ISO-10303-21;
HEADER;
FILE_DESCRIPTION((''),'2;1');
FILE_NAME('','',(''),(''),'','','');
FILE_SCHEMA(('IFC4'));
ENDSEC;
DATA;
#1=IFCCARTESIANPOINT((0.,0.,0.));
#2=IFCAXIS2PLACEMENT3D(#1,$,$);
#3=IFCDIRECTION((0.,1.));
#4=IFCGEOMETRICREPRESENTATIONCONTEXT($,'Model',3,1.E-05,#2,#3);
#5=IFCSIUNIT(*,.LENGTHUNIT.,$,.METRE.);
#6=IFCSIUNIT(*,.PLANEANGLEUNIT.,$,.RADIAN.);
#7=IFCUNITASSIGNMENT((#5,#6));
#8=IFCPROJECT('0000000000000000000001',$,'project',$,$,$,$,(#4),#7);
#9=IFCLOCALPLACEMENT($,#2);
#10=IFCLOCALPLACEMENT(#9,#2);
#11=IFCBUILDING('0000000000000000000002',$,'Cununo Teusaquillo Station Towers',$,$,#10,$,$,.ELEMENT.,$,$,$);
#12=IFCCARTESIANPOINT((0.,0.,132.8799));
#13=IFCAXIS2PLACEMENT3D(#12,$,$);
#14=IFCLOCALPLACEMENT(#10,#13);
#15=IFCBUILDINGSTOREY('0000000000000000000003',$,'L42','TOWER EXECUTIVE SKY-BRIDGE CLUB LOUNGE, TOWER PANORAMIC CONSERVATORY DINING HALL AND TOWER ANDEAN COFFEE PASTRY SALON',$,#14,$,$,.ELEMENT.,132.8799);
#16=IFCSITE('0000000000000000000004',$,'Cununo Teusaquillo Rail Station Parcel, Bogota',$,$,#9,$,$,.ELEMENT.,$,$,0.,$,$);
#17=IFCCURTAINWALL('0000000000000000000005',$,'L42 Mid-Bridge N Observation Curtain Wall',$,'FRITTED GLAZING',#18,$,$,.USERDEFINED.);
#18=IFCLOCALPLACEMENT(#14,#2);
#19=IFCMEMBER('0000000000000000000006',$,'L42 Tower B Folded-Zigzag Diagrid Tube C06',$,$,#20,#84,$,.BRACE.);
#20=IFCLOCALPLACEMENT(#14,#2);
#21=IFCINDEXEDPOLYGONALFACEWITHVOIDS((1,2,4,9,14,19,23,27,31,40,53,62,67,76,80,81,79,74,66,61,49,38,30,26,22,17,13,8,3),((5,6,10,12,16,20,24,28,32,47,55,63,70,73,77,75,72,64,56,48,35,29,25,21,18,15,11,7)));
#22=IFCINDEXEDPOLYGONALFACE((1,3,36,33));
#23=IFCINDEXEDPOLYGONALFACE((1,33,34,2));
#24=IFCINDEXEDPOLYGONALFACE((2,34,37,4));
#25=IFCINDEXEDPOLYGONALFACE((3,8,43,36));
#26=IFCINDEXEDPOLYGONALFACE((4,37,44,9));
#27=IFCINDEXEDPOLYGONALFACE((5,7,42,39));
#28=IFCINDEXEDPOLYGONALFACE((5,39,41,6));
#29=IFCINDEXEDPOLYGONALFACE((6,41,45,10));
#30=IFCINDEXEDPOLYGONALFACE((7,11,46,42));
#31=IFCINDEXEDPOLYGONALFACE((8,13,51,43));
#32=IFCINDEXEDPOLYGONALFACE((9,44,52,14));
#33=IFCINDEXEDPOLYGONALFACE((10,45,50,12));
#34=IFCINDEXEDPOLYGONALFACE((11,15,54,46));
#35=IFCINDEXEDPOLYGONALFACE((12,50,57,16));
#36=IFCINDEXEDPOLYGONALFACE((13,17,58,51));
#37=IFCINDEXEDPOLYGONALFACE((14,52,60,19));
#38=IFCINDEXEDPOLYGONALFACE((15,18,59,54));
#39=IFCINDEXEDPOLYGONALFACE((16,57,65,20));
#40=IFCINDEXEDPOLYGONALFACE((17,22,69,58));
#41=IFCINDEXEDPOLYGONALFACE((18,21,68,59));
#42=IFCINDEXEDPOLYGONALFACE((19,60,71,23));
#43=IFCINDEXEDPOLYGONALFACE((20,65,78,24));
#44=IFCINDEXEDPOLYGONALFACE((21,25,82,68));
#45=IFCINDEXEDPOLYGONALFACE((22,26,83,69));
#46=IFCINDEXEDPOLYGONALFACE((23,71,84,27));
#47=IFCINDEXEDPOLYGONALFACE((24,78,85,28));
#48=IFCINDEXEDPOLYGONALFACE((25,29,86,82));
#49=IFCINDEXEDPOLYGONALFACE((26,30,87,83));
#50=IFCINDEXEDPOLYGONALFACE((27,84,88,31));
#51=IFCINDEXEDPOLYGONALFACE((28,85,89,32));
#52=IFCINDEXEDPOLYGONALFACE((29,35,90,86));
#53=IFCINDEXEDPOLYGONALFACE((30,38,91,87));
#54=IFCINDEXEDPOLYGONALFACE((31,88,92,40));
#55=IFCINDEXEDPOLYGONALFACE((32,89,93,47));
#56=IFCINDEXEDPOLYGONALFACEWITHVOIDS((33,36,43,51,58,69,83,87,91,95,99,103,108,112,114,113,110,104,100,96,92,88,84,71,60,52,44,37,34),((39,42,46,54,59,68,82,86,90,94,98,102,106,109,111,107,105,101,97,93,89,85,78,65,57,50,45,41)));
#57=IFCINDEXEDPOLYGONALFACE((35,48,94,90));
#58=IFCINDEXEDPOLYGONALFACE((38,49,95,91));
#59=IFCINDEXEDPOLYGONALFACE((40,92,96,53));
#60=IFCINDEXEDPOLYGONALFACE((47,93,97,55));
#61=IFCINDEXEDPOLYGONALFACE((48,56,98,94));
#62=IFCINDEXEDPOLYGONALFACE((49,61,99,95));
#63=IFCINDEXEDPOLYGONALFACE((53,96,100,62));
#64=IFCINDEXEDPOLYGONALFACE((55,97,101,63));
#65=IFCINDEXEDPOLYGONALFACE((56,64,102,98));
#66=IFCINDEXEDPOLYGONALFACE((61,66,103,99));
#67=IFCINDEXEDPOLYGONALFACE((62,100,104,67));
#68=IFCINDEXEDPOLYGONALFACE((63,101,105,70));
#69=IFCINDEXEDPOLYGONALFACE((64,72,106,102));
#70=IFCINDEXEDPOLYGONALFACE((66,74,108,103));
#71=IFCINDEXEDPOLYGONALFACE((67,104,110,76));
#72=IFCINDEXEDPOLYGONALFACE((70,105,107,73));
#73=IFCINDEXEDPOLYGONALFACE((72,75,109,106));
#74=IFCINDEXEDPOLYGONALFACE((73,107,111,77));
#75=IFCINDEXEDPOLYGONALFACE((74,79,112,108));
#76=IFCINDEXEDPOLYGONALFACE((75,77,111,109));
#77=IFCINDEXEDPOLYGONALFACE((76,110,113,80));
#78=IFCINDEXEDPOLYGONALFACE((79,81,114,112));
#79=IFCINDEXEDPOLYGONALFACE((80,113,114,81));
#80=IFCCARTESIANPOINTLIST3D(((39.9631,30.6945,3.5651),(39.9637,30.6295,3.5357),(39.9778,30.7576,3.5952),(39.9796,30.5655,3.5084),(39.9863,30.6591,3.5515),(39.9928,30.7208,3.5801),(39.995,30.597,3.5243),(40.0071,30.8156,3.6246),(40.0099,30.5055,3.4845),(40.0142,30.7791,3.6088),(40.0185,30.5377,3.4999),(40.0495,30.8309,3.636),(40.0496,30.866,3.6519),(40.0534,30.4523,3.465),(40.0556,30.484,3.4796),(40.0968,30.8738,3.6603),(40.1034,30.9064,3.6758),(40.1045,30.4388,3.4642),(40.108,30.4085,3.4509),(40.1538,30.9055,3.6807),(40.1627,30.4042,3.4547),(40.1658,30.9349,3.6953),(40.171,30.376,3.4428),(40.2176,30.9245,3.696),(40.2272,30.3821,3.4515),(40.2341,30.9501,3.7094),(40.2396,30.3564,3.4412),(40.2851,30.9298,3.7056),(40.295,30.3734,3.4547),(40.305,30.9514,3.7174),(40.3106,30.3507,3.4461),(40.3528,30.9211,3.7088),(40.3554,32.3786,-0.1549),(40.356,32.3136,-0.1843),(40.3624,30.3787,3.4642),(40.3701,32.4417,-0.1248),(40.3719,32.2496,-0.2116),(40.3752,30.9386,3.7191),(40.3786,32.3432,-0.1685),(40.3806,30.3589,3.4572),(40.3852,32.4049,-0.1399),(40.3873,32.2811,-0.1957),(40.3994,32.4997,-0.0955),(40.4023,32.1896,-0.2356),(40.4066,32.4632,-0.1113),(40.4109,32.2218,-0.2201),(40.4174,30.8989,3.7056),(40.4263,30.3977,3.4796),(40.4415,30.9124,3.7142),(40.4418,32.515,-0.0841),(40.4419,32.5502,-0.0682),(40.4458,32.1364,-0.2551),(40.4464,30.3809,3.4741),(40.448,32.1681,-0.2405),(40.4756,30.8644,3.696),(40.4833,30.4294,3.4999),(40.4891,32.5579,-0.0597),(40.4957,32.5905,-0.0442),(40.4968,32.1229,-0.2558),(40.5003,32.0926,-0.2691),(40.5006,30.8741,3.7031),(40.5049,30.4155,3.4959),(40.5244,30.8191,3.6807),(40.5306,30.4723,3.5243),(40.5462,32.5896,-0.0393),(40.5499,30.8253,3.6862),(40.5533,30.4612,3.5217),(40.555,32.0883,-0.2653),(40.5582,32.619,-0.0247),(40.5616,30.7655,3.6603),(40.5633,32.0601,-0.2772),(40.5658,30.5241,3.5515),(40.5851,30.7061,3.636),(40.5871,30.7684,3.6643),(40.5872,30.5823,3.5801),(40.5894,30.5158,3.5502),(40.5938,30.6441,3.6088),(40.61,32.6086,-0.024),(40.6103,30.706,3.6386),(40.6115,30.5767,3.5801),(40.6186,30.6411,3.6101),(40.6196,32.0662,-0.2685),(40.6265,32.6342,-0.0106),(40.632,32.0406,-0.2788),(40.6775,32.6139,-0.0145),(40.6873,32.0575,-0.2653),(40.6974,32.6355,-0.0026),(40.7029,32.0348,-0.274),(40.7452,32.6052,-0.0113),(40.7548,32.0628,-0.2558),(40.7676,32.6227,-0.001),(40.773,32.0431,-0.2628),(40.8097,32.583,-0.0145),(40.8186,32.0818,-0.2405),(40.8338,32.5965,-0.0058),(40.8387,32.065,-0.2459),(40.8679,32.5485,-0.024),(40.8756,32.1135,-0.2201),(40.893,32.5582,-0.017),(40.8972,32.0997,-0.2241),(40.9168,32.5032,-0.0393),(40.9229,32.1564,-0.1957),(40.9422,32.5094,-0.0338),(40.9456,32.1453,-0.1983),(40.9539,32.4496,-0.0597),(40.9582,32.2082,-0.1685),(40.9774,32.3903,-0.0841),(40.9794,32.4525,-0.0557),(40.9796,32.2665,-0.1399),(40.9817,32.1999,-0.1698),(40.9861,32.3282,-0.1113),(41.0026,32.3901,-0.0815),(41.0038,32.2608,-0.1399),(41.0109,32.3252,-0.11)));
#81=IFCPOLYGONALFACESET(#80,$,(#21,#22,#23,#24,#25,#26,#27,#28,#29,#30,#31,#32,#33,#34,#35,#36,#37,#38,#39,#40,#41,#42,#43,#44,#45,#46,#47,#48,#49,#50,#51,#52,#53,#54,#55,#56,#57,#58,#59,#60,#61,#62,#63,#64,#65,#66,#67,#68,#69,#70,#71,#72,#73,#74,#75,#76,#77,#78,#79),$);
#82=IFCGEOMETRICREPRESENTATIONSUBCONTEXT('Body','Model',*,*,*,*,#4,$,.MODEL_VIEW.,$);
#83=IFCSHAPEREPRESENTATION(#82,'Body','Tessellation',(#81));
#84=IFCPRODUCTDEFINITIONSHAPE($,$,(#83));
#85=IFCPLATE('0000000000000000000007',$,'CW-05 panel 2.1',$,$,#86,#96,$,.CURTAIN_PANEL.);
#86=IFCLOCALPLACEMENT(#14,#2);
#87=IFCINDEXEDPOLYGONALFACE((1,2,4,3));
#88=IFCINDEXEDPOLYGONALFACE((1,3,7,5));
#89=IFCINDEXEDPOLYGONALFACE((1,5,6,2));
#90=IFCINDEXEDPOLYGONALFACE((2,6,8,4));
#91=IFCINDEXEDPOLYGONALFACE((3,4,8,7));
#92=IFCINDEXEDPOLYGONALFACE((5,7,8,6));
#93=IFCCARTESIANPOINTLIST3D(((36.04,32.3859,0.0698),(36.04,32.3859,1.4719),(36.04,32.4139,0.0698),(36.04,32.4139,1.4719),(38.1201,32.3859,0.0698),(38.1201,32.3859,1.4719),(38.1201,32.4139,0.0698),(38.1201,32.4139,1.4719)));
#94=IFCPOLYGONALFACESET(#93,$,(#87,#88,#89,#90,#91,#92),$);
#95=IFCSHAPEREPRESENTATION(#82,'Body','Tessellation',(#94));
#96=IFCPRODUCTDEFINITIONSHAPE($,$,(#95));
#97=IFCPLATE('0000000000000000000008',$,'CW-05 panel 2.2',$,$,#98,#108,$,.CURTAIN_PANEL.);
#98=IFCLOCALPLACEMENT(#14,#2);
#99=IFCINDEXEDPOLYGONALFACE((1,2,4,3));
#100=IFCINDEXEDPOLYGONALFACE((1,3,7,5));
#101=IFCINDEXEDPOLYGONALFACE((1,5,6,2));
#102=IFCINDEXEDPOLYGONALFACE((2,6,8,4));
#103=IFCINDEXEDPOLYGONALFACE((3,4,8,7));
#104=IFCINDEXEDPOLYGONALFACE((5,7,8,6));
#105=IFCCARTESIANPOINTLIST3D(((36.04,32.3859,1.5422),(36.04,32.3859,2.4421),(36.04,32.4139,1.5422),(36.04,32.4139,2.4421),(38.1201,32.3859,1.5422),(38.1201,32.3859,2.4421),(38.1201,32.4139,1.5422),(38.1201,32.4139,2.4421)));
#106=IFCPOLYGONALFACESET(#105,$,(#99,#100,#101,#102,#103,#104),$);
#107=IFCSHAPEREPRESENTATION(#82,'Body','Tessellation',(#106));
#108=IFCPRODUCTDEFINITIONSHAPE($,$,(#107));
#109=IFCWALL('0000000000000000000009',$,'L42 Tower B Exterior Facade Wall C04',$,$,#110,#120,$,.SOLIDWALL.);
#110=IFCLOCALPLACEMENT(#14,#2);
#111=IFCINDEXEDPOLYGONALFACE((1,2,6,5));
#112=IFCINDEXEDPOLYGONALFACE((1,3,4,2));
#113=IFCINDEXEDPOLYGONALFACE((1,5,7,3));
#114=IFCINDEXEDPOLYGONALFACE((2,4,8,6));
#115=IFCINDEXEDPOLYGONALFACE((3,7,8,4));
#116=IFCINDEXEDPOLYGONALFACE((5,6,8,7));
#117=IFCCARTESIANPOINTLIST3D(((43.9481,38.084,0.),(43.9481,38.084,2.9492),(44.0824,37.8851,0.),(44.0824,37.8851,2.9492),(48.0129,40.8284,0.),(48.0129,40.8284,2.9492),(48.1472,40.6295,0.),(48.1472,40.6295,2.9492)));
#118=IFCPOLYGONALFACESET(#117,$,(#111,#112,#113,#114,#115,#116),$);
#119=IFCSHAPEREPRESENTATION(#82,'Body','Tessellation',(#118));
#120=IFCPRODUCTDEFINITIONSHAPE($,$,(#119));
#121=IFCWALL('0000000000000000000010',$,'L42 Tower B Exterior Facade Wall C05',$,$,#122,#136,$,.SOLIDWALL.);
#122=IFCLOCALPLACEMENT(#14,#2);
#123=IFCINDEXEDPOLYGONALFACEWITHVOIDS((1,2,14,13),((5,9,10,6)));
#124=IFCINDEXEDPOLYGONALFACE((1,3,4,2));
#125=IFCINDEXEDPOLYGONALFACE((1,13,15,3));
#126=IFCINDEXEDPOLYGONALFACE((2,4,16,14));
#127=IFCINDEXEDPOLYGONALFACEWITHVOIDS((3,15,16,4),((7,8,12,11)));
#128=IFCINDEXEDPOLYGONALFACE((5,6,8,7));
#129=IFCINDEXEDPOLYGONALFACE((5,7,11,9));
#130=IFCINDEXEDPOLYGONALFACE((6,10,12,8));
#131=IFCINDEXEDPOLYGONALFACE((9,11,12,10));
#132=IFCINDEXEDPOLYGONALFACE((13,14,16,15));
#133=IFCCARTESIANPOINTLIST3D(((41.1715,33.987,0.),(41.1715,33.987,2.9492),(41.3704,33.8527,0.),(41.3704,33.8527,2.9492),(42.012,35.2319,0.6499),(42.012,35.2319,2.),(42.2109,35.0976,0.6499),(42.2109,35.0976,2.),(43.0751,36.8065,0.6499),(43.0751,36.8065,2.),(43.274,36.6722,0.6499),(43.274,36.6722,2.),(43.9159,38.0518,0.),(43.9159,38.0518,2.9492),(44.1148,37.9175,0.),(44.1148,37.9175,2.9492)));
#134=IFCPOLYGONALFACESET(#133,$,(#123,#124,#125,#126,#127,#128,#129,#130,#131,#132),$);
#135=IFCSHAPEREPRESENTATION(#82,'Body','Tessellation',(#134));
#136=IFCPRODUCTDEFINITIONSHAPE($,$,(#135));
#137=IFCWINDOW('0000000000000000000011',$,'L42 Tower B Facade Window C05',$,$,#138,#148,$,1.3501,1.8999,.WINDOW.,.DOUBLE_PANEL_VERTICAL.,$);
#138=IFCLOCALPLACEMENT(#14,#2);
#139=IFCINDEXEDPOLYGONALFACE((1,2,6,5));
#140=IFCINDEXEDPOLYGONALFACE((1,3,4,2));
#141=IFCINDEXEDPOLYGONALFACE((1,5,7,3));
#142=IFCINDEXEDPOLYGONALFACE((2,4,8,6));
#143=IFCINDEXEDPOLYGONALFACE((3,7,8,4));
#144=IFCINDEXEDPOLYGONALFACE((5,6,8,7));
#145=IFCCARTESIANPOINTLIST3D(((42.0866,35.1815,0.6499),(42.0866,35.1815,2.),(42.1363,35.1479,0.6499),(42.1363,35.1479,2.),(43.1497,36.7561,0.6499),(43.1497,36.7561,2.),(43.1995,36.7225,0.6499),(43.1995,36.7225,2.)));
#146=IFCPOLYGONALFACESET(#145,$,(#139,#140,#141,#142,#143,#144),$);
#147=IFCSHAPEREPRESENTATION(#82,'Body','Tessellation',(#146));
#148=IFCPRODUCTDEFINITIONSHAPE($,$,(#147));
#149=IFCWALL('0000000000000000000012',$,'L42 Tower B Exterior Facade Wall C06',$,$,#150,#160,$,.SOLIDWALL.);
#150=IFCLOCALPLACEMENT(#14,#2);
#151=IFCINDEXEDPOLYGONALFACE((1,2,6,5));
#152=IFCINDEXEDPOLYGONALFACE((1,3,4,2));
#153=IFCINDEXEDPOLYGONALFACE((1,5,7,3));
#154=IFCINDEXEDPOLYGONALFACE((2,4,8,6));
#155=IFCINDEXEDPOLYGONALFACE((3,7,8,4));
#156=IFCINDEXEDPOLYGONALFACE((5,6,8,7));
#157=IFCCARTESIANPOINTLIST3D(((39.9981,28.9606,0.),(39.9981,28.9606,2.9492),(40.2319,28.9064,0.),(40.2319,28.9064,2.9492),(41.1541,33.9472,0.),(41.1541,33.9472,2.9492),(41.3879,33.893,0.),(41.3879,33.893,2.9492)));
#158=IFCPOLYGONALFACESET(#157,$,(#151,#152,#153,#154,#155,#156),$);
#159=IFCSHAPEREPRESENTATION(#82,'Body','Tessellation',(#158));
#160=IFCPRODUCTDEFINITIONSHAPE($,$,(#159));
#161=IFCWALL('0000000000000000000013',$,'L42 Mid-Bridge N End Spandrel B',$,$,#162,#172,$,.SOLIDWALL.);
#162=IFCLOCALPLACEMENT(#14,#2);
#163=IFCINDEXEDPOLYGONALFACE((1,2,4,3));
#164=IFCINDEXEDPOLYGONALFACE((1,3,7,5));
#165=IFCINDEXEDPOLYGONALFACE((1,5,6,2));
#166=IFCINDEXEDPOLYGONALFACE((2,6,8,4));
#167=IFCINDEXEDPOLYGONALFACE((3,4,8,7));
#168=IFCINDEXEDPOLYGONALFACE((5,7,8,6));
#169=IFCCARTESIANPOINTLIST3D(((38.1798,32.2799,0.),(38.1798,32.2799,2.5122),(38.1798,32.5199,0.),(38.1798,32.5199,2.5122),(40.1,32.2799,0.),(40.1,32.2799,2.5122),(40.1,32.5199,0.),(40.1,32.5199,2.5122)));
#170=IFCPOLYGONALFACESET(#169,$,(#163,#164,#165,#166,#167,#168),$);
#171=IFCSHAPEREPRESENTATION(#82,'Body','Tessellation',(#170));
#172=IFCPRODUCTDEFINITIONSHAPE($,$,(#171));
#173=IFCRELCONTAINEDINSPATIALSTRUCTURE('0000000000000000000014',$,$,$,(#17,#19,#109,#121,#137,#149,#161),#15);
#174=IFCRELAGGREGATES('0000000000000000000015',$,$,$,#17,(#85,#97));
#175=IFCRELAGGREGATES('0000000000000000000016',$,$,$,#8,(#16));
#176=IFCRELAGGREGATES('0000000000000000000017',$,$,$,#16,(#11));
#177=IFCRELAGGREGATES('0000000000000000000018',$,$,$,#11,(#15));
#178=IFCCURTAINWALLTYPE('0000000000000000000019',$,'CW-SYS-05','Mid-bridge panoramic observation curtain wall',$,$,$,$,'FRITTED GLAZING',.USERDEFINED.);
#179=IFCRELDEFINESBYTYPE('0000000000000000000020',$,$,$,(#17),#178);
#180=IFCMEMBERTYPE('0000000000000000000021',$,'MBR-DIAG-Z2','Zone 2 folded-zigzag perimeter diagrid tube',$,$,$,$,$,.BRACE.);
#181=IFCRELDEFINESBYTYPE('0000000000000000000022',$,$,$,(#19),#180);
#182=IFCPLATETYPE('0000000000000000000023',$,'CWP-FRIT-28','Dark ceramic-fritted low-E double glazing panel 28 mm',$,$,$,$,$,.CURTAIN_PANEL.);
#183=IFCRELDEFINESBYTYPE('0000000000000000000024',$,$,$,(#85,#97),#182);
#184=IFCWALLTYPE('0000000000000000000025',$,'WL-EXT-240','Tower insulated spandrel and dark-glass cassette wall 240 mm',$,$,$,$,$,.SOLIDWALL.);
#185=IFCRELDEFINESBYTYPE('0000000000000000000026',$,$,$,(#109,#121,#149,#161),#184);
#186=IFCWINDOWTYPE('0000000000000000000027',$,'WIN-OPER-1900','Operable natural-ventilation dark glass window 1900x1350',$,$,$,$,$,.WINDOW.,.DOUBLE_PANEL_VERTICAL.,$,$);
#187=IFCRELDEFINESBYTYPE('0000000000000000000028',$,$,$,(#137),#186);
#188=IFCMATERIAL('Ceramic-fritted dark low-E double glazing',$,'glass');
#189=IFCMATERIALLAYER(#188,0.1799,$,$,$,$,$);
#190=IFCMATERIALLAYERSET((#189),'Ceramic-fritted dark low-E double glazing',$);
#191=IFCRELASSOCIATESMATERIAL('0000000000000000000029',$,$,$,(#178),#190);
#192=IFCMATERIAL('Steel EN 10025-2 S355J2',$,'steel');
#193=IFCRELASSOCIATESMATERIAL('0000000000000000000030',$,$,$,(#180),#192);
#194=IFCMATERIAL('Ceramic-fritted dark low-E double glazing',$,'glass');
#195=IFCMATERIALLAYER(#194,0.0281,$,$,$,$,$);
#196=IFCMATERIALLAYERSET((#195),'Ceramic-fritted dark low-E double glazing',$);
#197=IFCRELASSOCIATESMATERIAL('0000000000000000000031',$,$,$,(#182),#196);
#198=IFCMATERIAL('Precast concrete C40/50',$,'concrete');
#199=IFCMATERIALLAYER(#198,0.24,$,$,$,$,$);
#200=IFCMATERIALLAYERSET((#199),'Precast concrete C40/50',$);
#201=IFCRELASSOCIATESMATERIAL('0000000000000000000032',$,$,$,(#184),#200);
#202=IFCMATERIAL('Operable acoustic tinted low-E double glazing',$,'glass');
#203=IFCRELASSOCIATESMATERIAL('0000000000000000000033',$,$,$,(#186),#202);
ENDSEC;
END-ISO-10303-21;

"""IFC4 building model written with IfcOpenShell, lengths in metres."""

from ifc_helpers import new_model, si_unit, direction, frame, frame_2d, origin, origin_2d, place, context, subcontext, project, spatial, rectangle, hollow_circle, extrude, source, transform, mapped, material, layer, layer_set, material_profile, profile_set, type_object, element, fill, aggregate, save


model = new_model("IFC4")

# Units and contexts
model_context = context("Model", 3, precision=1e-05, world=origin(), true_north=direction((0.0, 1.0)))
body_context = subcontext(model_context, "Body", "Model", "MODEL_VIEW")
ifc_project = project(units=[si_unit("LENGTHUNIT", "METRE"), si_unit("PLANEANGLEUNIT", "RADIAN")], contexts=[model_context])

# Site, building, storey
site_placement = place(None, origin())
site = spatial("IfcSite", under=ifc_project, at=site_placement, Name="Cununo Teusaquillo Rail Station Parcel, Bogota", CompositionType="ELEMENT", RefElevation=0.0)
building_placement = place(site_placement, origin())
building = spatial("IfcBuilding", under=site, at=building_placement, Name="Cununo Teusaquillo Station Towers", CompositionType="ELEMENT")
storey_placement = place(building_placement, frame((0.0, 0.0, 132.8799)))
storey = spatial("IfcBuildingStorey", under=building, at=storey_placement, Name="L42", Description="TOWER EXECUTIVE SKY-BRIDGE CLUB LOUNGE, TOWER PANORAMIC CONSERVATORY DINING HALL AND TOWER ANDEAN COFFEE PASTRY SALON", CompositionType="ELEMENT", Elevation=132.8799)

# Curtain wall
ifc_material_1 = material(Name="Ceramic-fritted dark low-E double glazing", Category="glass")
ifc_layer_1 = layer(ifc_material_1, 0.1799)
ifc_layer_set_1 = layer_set([ifc_layer_1], Name="Ceramic-fritted dark low-E double glazing")
curtain_wall_type = type_object("IfcCurtainWallType", Name="CW-SYS-05", Description="Mid-bridge panoramic observation curtain wall", ElementType="FRITTED GLAZING", PredefinedType="USERDEFINED", material=ifc_layer_set_1)
curtain_wall_placement = place(storey_placement, origin())
curtain_wall = element("IfcCurtainWall", 1, at=curtain_wall_placement, inside=storey, type_object=curtain_wall_type, Name="L42 Mid-Bridge N Observation Curtain Wall", ObjectType="FRITTED GLAZING", PredefinedType="USERDEFINED")

# Member
ifc_material_2 = material(Name="Steel EN 10025-2 S355J2", Category="steel")
ifc_material_profile_1 = material_profile(ifc_material_2, hollow_circle(Radius=0.3301, WallThickness=0.0249, at=origin_2d()), Name="CHS 660x25")
ifc_profile_set_1 = profile_set([ifc_material_profile_1], Name="Steel EN 10025-2 S355J2")
member_type_1 = type_object("IfcMemberType", Name="MBR-DIAG-Z2", Description="Zone 2 folded-zigzag perimeter diagrid tube", PredefinedType="BRACE", material=ifc_profile_set_1)
member_1_placement = place(storey_placement, frame((40.6824, 32.3357, -0.1399), z_axis=(-0.095639, -0.410529, 0.906818), x_axis=(0.97392, -0.22689, 0.0)))
element("IfcMember", 2, at=member_1_placement, inside=storey, type_object=member_type_1, Name="L42 Tower B Folded-Zigzag Diagrid Tube C06", PredefinedType="BRACE", context=body_context, shape_type="SweptSolid", body=[
    extrude(hollow_circle(Radius=0.3301, WallThickness=0.0249, at=origin_2d()), origin(), (0.0, 0.0, 1.0), 4.1023),
])

# Plates
ifc_material_3 = material(Name="Ceramic-fritted dark low-E double glazing", Category="glass")
ifc_layer_2 = layer(ifc_material_3, 0.0281)
ifc_layer_set_2 = layer_set([ifc_layer_2], Name="Ceramic-fritted dark low-E double glazing")
plate_type = type_object("IfcPlateType", Name="CWP-FRIT-28", Description="Dark ceramic-fritted low-E double glazing panel 28 mm", PredefinedType="CURTAIN_PANEL", material=ifc_layer_set_2)
shared_shape_1 = source(origin(), body_context, "Body", "SweptSolid", [
    extrude(rectangle(XDim=2.0801, YDim=0.0281, at=origin_2d()), origin(), (0.0, 0.0, 1.0), 1.4021),
])
plate_1_placement = place(storey_placement, frame((37.0801, 32.3999, 0.0698), z_axis=(0.0, 0.0, 1.0), x_axis=(1.0, 0.0, 0.0)))
plate_1 = element("IfcPlate", 3, at=plate_1_placement, type_object=plate_type, Name="CW-05 panel 2.1", PredefinedType="CURTAIN_PANEL", context=body_context, shape_type="MappedRepresentation", body=[
    mapped(shared_shape_1, transform((0.0, 0.0, 0.0), x_axis=(1.0, 0.0, 0.0), y_axis=(0.0, 1.0, 0.0), z_axis=(0.0, 0.0, 1.0), scale=1.0)),
])
shared_shape_2 = source(origin(), body_context, "Body", "SweptSolid", [
    extrude(rectangle(XDim=2.0801, YDim=0.0281, at=origin_2d()), origin(), (0.0, 0.0, 1.0), 0.8999),
])
plate_2_placement = place(storey_placement, frame((37.0801, 32.3999, 1.5422), z_axis=(0.0, 0.0, 1.0), x_axis=(1.0, 0.0, 0.0)))
plate_2 = element("IfcPlate", 4, at=plate_2_placement, type_object=plate_type, Name="CW-05 panel 2.2", PredefinedType="CURTAIN_PANEL", context=body_context, shape_type="MappedRepresentation", body=[
    mapped(shared_shape_2, transform((0.0, 0.0, 0.0), x_axis=(1.0, 0.0, 0.0), y_axis=(0.0, 1.0, 0.0), z_axis=(0.0, 0.0, 1.0), scale=1.0)),
])
aggregate(curtain_wall, [plate_1, plate_2])

# Wall
ifc_material_4 = material(Name="Precast concrete C40/50", Category="concrete")
ifc_layer_3 = layer(ifc_material_4, 0.24)
ifc_layer_set_3 = layer_set([ifc_layer_3], Name="Precast concrete C40/50")
wall_type_1 = type_object("IfcWallType", Name="WL-EXT-240", Description="Tower insulated spandrel and dark-glass cassette wall 240 mm", PredefinedType="SOLIDWALL", material=ifc_layer_set_3)
wall_1_placement = place(storey_placement, frame((44.0154, 37.9846, 0.0), z_axis=(0.0, 0.0, 1.0), x_axis=(0.828781, 0.559573, 0.0)))
element("IfcWall", 5, at=wall_1_placement, inside=storey, type_object=wall_type_1, Name="L42 Tower B Exterior Facade Wall C04", PredefinedType="SOLIDWALL", context=body_context, shape_type="SweptSolid", body=[
    extrude(rectangle(XDim=4.9045, YDim=0.24, at=frame_2d((2.4521, 0.0))), origin(), (0.0, 0.0, 1.0), 2.9492),
])

# Wall, opening, window
wall_2_placement = place(storey_placement, frame((41.271, 33.9199, 0.0), z_axis=(0.0, 0.0, 1.0), x_axis=(0.559573, 0.828781, 0.0)))
wall_2 = element("IfcWall", 6, at=wall_2_placement, inside=storey, type_object=wall_type_1, Name="L42 Tower B Exterior Facade Wall C05", PredefinedType="SOLIDWALL", context=body_context, shape_type="SweptSolid", body=[
    extrude(rectangle(XDim=4.9045, YDim=0.24, at=frame_2d((2.4521, 0.0))), origin(), (0.0, 0.0, 1.0), 2.9492),
])
shared_shape_3 = source(origin(), body_context, "Body", "SweptSolid", [
    extrude(rectangle(XDim=1.8999, YDim=1.3501, at=frame_2d((0.95, 0.675))), frame((0.0, 0.1299, 0.0), z_axis=(0.0, -1.0, 0.0), x_axis=(1.0, 0.0, 0.0)), (0.0, 0.0, 1.0), 0.26),
])
opening_placement = place(wall_2_placement, frame((1.502, 0.0, 0.6499)))
opening = element("IfcOpeningElement", 7, at=opening_placement, cuts=wall_2, PredefinedType="OPENING", context=body_context, shape_type="MappedRepresentation", body=[
    mapped(shared_shape_3, transform((0.0, 0.0, 0.0), x_axis=(1.0, 0.0, 0.0), y_axis=(0.0, 1.0, 0.0), z_axis=(0.0, 0.0, 1.0), scale=1.0)),
])
ifc_material_5 = material(Name="Operable acoustic tinted low-E double glazing", Category="glass")
window_type = type_object("IfcWindowType", Name="WIN-OPER-1900", Description="Operable natural-ventilation dark glass window 1900x1350", PartitioningType="DOUBLE_PANEL_VERTICAL", PredefinedType="WINDOW", material=ifc_material_5)
shared_shape_4 = source(origin(), body_context, "Body", "SweptSolid", [
    extrude(rectangle(XDim=1.8999, YDim=1.3501, at=frame_2d((0.95, 0.675))), frame((0.0, 0.03, 0.0), z_axis=(0.0, -1.0, 0.0), x_axis=(1.0, 0.0, 0.0)), (0.0, 0.0, 1.0), 0.0601),
])
window_placement = place(opening_placement, origin())
window = element("IfcWindow", 8, at=window_placement, inside=storey, type_object=window_type, Name="L42 Tower B Facade Window C05", OverallHeight=1.3501, OverallWidth=1.8999, PartitioningType="DOUBLE_PANEL_VERTICAL", PredefinedType="WINDOW", context=body_context, shape_type="MappedRepresentation", body=[
    mapped(shared_shape_4, transform((0.0, 0.0, 0.0), x_axis=(1.0, 0.0, 0.0), y_axis=(0.0, 1.0, 0.0), z_axis=(0.0, 0.0, 1.0), scale=1.0)),
])
fill(opening, window)

# Walls
wall_3_placement = place(storey_placement, frame((40.115, 28.9333, 0.0), z_axis=(0.0, 0.0, 1.0), x_axis=(0.225835, 0.974166, 0.0)))
element("IfcWall", 9, at=wall_3_placement, inside=storey, type_object=wall_type_1, Name="L42 Tower B Exterior Facade Wall C06", PredefinedType="SOLIDWALL", context=body_context, shape_type="SweptSolid", body=[
    extrude(rectangle(XDim=5.1189, YDim=0.24, at=frame_2d((2.5596, 0.0))), origin(), (0.0, 0.0, 1.0), 2.9492),
])
wall_4_placement = place(storey_placement, frame((38.1799, 32.3999, 0.0), z_axis=(0.0, 0.0, 1.0), x_axis=(1.0, 0.0, 0.0)))
element("IfcWall", 10, at=wall_4_placement, inside=storey, type_object=wall_type_1, Name="L42 Mid-Bridge N End Spandrel B", PredefinedType="SOLIDWALL", context=body_context, shape_type="SweptSolid", body=[
    extrude(rectangle(XDim=1.9202, YDim=0.24, at=frame_2d((0.96, 0.0))), origin(), (0.0, 0.0, 1.0), 2.5122),
])

save(model, "model.ifc")
